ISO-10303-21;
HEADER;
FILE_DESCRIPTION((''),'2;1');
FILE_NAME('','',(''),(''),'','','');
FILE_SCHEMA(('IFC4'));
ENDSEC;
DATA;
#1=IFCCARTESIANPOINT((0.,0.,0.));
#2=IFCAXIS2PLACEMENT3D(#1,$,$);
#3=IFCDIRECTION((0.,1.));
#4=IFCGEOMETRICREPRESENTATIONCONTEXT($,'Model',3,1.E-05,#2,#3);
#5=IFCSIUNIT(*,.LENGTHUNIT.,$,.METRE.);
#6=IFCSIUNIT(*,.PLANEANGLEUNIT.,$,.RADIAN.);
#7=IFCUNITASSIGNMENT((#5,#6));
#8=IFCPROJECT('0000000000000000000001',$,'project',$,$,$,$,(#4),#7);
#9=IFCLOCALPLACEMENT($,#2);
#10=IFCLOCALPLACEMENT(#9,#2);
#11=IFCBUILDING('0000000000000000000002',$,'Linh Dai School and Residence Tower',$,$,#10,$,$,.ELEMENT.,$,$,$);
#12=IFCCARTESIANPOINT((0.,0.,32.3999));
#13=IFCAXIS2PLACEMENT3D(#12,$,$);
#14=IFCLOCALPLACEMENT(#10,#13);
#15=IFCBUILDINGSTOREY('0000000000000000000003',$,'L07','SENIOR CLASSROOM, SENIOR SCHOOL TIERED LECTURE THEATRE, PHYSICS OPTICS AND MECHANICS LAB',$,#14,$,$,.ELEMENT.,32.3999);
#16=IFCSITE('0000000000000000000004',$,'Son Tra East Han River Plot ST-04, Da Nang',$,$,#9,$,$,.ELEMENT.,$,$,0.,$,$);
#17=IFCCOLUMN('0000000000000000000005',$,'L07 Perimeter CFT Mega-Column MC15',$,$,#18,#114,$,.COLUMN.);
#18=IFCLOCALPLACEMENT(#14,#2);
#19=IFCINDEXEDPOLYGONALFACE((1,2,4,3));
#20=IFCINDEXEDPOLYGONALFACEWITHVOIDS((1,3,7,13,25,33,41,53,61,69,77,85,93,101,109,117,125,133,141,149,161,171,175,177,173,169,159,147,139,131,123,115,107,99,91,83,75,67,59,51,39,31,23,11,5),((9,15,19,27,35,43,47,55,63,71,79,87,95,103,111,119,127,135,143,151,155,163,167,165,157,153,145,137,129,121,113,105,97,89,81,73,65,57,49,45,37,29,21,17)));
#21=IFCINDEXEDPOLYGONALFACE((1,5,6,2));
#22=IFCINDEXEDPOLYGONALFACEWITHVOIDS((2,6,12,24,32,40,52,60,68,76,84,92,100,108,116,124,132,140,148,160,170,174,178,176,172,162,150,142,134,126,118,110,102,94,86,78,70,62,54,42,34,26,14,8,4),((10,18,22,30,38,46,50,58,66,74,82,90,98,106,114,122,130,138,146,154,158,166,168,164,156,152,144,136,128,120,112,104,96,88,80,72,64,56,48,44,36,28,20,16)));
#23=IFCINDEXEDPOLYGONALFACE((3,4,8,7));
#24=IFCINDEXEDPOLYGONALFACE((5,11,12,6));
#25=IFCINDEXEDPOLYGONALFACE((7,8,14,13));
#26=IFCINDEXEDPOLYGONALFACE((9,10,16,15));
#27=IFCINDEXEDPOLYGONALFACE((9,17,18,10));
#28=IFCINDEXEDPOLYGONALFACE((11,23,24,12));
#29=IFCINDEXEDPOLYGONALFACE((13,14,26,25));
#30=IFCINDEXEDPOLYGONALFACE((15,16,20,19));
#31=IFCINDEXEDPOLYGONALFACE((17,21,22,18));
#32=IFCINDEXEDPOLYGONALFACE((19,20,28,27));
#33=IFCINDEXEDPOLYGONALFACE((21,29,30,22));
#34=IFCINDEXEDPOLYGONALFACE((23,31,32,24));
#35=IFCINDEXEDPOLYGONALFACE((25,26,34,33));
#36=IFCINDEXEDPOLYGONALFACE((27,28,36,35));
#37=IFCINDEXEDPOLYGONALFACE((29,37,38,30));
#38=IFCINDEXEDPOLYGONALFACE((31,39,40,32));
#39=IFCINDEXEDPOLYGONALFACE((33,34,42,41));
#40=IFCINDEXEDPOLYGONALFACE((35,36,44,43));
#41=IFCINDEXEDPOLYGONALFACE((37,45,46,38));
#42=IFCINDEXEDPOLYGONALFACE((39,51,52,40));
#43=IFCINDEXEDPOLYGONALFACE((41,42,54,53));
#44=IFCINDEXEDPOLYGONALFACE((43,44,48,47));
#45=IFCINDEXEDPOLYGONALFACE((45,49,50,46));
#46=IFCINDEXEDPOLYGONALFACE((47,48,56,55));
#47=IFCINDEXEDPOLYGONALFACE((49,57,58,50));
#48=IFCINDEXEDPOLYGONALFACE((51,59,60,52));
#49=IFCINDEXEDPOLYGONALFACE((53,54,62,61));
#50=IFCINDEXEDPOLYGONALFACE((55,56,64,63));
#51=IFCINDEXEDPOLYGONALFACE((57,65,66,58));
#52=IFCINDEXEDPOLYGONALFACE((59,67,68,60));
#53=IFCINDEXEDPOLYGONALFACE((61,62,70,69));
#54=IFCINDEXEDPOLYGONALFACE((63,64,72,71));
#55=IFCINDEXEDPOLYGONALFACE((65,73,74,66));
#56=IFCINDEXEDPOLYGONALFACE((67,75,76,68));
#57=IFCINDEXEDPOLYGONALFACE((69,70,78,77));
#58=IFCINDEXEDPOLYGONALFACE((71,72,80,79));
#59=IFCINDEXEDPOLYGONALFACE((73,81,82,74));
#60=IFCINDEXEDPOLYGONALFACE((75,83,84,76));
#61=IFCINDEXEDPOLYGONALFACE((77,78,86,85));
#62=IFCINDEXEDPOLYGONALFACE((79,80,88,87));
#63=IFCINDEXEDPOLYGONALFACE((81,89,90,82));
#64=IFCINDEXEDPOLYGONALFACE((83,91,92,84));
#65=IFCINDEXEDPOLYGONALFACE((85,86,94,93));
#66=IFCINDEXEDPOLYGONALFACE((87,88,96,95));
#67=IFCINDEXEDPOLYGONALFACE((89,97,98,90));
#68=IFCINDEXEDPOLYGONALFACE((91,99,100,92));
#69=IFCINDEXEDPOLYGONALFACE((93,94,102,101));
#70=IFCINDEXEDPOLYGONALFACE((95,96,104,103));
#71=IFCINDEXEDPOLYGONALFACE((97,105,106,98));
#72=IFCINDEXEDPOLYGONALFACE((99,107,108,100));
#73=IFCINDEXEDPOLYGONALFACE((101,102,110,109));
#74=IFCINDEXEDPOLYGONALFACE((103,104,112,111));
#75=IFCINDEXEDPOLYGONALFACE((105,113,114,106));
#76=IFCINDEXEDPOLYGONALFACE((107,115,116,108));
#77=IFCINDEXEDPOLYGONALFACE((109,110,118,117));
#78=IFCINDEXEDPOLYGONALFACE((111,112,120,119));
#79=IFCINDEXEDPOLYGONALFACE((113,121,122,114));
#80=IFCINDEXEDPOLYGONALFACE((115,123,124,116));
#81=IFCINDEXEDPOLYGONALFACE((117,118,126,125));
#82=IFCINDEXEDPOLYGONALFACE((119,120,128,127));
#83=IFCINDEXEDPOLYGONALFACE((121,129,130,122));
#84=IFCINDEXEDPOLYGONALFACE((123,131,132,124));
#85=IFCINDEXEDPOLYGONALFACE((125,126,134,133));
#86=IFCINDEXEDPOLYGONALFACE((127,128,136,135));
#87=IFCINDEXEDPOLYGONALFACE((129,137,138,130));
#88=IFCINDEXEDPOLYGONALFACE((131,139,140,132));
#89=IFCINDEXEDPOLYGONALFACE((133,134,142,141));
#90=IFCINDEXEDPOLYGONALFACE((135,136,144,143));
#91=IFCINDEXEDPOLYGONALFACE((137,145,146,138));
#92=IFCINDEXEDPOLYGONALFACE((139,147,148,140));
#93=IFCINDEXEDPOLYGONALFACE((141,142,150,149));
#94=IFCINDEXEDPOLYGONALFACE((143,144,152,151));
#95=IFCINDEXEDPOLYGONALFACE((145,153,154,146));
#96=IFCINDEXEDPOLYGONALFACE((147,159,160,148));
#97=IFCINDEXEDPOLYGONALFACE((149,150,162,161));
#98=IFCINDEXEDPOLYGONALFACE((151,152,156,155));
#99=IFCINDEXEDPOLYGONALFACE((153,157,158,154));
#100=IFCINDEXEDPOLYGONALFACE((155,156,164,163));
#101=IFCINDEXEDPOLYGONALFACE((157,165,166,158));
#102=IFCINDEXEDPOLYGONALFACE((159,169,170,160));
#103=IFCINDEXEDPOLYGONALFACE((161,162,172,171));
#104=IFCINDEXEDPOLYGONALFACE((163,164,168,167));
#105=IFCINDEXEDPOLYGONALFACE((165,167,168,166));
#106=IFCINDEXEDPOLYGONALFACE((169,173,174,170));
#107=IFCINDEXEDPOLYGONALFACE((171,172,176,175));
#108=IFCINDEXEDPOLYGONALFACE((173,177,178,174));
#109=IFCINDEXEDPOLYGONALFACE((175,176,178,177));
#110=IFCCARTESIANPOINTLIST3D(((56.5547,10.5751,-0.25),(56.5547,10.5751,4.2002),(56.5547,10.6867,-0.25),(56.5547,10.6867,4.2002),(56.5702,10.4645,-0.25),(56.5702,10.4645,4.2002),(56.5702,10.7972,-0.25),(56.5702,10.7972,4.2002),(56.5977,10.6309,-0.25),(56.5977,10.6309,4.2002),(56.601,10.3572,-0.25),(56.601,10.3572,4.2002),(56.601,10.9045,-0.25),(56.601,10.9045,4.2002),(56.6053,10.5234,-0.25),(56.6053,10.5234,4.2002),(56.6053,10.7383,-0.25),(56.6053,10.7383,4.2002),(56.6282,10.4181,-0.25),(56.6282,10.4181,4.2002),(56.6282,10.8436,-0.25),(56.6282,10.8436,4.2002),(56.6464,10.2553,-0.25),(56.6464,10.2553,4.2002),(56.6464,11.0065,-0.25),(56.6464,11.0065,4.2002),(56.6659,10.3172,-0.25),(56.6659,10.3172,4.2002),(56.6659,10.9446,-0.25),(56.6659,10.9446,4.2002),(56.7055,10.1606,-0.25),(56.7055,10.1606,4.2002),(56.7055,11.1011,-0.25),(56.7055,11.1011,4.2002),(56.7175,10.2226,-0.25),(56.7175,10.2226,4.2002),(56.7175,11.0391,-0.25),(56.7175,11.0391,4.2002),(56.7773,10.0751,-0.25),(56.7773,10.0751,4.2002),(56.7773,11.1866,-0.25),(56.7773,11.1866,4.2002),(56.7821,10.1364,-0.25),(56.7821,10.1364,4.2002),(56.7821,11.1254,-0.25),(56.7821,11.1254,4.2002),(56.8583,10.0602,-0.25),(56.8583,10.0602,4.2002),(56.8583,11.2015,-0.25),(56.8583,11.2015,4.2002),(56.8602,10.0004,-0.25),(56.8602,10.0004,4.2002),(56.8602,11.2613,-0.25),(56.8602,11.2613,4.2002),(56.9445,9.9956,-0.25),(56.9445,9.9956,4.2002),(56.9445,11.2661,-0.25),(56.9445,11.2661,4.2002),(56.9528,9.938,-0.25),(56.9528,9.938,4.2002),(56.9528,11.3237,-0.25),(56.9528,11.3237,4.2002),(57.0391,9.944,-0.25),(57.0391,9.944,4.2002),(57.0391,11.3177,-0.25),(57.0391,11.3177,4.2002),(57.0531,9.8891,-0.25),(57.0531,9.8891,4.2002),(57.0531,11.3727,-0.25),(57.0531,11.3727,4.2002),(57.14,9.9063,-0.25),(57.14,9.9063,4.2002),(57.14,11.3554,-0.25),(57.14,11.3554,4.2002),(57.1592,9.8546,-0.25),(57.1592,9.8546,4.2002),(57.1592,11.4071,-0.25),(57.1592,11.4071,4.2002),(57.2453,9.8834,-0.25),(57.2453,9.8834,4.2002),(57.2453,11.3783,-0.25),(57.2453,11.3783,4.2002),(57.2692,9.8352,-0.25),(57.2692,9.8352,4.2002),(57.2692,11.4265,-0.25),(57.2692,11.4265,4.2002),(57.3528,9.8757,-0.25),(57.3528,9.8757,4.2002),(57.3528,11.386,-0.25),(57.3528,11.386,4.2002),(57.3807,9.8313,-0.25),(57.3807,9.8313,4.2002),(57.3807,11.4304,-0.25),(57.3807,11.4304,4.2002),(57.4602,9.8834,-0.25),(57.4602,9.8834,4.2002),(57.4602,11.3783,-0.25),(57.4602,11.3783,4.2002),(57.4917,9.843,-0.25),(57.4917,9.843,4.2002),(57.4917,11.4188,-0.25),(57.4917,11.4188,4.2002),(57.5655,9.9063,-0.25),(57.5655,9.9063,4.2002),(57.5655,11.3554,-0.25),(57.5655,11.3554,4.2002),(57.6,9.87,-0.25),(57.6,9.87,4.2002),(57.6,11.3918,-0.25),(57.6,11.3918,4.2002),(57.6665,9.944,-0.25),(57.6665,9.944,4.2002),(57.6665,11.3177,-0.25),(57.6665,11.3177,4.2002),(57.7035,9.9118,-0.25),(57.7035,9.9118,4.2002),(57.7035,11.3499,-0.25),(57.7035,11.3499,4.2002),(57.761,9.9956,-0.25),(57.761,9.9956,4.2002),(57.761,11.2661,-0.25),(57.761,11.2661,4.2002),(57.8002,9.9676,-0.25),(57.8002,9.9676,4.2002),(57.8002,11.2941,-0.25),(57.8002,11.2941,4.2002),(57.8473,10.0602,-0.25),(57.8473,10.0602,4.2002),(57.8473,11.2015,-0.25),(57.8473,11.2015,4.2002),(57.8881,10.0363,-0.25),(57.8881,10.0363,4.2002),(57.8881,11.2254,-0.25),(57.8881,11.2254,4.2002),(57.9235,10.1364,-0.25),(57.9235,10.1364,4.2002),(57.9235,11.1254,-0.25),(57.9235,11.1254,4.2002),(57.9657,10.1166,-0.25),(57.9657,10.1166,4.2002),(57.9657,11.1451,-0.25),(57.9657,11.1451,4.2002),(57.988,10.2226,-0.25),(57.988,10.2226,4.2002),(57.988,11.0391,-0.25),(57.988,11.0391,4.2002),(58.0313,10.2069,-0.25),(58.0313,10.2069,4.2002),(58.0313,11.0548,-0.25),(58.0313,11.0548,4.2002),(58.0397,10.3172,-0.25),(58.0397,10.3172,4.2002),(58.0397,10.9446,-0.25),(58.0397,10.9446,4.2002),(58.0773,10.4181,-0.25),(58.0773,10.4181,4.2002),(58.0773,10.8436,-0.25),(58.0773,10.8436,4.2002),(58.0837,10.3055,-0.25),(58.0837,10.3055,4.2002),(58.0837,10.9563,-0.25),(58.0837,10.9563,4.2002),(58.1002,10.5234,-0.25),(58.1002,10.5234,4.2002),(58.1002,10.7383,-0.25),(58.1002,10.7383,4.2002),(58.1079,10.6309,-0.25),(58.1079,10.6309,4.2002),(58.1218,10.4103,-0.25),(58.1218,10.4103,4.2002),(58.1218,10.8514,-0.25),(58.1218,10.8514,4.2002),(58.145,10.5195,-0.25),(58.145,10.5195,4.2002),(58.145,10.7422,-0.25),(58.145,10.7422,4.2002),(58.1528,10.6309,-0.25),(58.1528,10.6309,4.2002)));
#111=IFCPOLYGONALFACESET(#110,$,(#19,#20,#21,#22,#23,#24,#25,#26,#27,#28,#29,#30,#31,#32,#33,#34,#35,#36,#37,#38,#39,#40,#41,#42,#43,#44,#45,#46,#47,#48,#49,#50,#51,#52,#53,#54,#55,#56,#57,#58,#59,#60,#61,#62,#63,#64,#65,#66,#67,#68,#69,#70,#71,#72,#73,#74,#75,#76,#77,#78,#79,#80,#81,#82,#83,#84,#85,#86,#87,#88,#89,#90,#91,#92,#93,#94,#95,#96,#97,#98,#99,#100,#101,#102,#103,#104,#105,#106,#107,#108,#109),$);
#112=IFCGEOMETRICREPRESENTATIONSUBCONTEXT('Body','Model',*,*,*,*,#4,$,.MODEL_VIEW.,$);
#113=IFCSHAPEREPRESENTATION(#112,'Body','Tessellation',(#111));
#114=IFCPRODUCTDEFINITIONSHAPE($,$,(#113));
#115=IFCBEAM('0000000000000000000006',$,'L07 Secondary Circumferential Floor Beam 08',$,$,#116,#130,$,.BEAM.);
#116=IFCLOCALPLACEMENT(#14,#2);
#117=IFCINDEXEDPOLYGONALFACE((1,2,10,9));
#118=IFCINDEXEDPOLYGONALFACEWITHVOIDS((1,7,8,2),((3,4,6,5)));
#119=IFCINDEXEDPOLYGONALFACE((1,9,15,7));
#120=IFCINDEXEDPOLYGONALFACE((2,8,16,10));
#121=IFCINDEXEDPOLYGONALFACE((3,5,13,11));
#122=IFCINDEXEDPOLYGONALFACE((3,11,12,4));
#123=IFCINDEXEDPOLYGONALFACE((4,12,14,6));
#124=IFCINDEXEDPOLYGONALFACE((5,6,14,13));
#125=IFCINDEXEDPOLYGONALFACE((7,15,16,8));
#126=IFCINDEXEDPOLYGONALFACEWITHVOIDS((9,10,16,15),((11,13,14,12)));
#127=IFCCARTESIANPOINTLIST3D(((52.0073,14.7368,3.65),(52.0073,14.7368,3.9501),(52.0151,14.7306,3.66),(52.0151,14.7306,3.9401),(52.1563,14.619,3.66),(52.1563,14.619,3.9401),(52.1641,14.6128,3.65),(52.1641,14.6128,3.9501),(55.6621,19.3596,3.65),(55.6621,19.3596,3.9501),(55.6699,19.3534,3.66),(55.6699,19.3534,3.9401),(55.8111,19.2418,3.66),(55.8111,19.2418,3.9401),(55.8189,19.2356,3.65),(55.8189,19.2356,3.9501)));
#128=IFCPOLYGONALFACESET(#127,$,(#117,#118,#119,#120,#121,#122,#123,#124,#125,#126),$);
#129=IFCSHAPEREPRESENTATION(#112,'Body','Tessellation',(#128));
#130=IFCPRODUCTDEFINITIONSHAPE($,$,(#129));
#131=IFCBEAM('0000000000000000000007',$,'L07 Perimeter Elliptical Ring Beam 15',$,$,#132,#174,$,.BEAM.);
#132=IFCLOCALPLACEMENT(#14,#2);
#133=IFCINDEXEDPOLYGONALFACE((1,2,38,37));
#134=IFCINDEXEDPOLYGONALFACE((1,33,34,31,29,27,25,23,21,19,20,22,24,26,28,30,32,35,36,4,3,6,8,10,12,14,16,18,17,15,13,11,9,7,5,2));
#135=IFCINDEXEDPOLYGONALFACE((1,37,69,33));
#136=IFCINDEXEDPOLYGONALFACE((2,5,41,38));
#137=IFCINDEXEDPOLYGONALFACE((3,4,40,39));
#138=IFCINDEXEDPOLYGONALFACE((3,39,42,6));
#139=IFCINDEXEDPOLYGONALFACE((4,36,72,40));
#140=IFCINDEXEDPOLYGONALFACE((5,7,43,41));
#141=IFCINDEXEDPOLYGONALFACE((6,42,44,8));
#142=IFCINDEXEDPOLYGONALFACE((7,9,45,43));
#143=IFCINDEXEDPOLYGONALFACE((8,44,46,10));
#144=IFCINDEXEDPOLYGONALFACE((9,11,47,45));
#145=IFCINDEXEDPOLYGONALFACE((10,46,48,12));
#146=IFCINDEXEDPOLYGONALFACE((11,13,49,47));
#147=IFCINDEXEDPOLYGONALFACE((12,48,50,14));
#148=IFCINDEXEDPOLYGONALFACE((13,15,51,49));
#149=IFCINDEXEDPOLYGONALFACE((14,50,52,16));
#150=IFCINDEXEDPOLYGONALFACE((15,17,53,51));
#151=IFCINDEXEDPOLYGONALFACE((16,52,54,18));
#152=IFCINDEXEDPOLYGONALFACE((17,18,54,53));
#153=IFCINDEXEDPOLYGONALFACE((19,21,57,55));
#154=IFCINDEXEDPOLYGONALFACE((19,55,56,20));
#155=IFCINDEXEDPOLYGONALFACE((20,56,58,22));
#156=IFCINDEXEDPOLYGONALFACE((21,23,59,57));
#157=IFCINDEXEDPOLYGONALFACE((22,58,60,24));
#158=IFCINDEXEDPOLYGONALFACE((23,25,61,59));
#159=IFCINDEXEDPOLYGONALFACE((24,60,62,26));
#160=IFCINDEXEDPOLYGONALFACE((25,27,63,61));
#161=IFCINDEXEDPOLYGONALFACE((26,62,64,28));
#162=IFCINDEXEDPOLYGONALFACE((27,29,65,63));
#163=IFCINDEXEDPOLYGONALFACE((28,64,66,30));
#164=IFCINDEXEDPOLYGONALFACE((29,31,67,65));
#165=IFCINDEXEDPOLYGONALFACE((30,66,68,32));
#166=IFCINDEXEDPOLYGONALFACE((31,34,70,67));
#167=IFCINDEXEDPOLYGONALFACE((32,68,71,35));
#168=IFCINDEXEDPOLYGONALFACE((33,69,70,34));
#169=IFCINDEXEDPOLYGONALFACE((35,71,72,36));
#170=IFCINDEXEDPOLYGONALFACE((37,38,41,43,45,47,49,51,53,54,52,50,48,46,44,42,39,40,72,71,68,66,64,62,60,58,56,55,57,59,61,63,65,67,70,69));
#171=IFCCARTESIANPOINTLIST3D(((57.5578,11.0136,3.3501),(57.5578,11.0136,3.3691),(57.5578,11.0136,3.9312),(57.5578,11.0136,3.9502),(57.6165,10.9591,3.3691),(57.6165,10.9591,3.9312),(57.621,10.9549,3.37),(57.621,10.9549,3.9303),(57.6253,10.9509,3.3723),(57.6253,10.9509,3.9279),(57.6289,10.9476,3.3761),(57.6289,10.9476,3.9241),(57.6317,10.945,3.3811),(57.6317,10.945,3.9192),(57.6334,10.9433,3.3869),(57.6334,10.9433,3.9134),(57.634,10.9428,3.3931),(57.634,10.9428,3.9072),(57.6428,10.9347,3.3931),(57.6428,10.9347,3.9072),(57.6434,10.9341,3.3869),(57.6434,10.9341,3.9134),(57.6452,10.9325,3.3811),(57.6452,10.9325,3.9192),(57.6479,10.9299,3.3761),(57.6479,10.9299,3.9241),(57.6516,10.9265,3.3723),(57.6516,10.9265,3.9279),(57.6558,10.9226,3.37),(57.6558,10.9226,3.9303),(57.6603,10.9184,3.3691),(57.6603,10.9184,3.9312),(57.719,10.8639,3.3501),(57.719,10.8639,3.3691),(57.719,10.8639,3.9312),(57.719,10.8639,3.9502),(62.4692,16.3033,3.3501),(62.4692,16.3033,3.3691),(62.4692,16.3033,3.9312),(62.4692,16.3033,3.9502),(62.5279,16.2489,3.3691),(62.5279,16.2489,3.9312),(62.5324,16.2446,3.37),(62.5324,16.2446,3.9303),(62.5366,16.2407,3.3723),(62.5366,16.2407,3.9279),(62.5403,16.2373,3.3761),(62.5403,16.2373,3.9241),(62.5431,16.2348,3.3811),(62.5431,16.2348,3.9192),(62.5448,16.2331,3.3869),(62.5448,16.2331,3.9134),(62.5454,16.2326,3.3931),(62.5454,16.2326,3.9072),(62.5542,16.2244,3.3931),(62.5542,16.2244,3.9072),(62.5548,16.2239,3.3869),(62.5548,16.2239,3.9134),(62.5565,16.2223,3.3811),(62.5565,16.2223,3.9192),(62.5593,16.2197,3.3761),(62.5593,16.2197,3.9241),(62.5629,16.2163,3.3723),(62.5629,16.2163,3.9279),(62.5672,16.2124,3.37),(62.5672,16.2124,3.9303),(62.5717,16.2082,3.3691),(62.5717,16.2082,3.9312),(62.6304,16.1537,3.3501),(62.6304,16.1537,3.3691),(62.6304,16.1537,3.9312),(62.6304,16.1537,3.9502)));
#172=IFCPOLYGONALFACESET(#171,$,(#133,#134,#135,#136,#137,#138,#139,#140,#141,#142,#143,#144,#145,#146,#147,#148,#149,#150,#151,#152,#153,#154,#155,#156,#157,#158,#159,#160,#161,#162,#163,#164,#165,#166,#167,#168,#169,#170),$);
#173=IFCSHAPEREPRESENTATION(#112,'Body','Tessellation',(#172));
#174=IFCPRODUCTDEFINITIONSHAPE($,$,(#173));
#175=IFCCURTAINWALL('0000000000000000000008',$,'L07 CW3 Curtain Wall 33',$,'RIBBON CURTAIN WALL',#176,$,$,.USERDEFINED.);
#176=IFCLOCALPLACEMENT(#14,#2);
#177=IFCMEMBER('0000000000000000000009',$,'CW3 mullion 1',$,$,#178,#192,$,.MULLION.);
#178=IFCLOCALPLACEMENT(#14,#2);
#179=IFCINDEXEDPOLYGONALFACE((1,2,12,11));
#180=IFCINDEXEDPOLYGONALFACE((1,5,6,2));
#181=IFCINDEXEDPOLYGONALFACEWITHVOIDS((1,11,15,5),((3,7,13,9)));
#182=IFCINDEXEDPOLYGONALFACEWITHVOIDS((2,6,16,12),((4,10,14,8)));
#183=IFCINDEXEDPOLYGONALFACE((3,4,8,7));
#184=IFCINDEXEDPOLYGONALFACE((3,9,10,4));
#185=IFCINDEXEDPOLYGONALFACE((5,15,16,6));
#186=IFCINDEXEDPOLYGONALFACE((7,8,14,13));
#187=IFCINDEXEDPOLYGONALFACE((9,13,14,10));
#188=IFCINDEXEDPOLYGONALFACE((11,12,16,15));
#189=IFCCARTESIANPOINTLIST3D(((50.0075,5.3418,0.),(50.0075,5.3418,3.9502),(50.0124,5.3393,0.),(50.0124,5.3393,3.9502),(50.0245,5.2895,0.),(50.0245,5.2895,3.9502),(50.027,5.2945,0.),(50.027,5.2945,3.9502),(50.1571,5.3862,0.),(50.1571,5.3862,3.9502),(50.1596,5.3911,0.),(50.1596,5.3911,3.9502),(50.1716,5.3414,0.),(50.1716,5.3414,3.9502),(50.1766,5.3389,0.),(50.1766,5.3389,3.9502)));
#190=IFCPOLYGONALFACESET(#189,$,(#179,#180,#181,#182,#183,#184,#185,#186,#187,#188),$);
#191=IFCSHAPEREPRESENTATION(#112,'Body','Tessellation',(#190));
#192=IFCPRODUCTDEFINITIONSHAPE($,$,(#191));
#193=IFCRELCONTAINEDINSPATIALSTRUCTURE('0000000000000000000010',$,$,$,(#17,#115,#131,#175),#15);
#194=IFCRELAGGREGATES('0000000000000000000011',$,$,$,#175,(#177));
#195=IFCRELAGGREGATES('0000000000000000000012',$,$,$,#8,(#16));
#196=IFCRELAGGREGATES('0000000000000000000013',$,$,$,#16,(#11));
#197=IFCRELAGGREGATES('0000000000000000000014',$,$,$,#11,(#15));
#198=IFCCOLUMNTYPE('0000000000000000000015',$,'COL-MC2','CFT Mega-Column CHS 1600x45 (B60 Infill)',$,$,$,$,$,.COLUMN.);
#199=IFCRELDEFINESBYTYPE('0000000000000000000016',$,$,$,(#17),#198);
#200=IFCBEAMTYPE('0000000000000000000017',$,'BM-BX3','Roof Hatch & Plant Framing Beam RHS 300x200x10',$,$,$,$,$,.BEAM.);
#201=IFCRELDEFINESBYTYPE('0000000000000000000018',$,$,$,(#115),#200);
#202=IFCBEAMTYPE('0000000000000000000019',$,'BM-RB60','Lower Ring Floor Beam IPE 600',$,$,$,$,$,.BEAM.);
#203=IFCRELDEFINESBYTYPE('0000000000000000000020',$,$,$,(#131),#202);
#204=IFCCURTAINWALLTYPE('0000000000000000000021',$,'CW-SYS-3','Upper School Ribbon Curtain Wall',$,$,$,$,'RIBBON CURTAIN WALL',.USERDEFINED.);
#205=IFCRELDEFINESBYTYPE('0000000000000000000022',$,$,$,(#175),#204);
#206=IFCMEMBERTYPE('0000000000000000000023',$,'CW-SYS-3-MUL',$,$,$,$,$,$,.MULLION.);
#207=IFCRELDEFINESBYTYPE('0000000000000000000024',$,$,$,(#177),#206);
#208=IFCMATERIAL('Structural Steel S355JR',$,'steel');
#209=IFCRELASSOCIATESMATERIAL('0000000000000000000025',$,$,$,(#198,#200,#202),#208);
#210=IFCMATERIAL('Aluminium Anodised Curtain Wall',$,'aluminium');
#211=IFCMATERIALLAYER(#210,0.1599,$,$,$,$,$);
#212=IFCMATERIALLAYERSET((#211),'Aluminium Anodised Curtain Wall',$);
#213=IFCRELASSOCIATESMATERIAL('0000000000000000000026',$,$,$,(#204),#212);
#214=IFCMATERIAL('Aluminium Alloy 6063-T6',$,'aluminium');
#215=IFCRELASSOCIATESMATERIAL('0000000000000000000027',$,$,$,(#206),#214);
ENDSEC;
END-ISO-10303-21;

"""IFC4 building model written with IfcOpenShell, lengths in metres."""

from ifc_helpers import new_model, si_unit, direction, frame, origin, origin_2d, place, context, subcontext, project, spatial, hollow_rectangle, hollow_circle, i_section, extrude, source, transform, mapped, material, layer, layer_set, material_profile, profile_set, type_object, element, aggregate, save


model = new_model("IFC4")

# Units and contexts
model_context = context("Model", 3, precision=1e-05, world=origin(), true_north=direction((0.0, 1.0)))
body_context = subcontext(model_context, "Body", "Model", "MODEL_VIEW")
ifc_project = project(units=[si_unit("LENGTHUNIT", "METRE"), si_unit("PLANEANGLEUNIT", "RADIAN")], contexts=[model_context])

# Site, building, storey
site_placement = place(None, origin())
site = spatial("IfcSite", under=ifc_project, at=site_placement, Name="Son Tra East Han River Plot ST-04, Da Nang", CompositionType="ELEMENT", RefElevation=0.0)
building_placement = place(site_placement, origin())
building = spatial("IfcBuilding", under=site, at=building_placement, Name="Linh Dai School and Residence Tower", CompositionType="ELEMENT")
storey_placement = place(building_placement, frame((0.0, 0.0, 32.3999)))
storey = spatial("IfcBuildingStorey", under=building, at=storey_placement, Name="L07", Description="SENIOR CLASSROOM, SENIOR SCHOOL TIERED LECTURE THEATRE, PHYSICS OPTICS AND MECHANICS LAB", CompositionType="ELEMENT", Elevation=32.3999)

# Column
ifc_material_1 = material(Name="Structural Steel S355JR", Category="steel")
ifc_material_profile_1 = material_profile(ifc_material_1, hollow_circle(Radius=0.8, WallThickness=0.0449, at=origin_2d()), Name="CHS 1600x45")
ifc_profile_set_1 = profile_set([ifc_material_profile_1], Name="Structural Steel S355JR")
column_type = type_object("IfcColumnType", Name="COL-MC2", Description="CFT Mega-Column CHS 1600x45 (B60 Infill)", PredefinedType="COLUMN", material=ifc_profile_set_1)
column_placement = place(storey_placement, frame((57.3528, 10.6309, -0.25), z_axis=(0.0, 0.0, 1.0), x_axis=(1.0, 0.0, 0.0)))
element("IfcColumn", 1, at=column_placement, inside=storey, type_object=column_type, Name="L07 Perimeter CFT Mega-Column MC15", PredefinedType="COLUMN", context=body_context, shape_type="SweptSolid", body=[
    extrude(hollow_circle(Radius=0.8, WallThickness=0.0449, at=origin_2d()), origin(), (0.0, 0.0, 1.0), 4.4502),
])

# Beams
ifc_material_profile_2 = material_profile(ifc_material_1, hollow_rectangle(XDim=0.2, YDim=0.3, WallThickness=0.01, at=origin_2d()), Name="RHS 300x200x10")
ifc_profile_set_2 = profile_set([ifc_material_profile_2], Name="Structural Steel S355JR")
beam_type_1 = type_object("IfcBeamType", Name="BM-BX3", Description="Roof Hatch & Plant Framing Beam RHS 300x200x10", PredefinedType="BEAM", material=ifc_profile_set_2)
beam_1_placement = place(storey_placement, frame((52.0857, 14.6748, 3.8), z_axis=(0.620188, 0.784453, 0.0), x_axis=(-0.784453, 0.620188, 0.0)))
element("IfcBeam", 2, at=beam_1_placement, inside=storey, type_object=beam_type_1, Name="L07 Secondary Circumferential Floor Beam 08", PredefinedType="BEAM", context=body_context, shape_type="SweptSolid", body=[
    extrude(hollow_rectangle(XDim=0.2, YDim=0.3, WallThickness=0.01, at=origin_2d()), origin(), (0.0, 0.0, 1.0), 5.8931),
])
ifc_material_profile_3 = material_profile(ifc_material_1, i_section(OverallWidth=0.22, OverallDepth=0.6001, WebThickness=0.012, FlangeThickness=0.019, FilletRadius=0.0239, at=origin_2d()), Name="IPE 600")
ifc_profile_set_3 = profile_set([ifc_material_profile_3], Name="Structural Steel S355JR")
beam_type_2 = type_object("IfcBeamType", Name="BM-RB60", Description="Lower Ring Floor Beam IPE 600", PredefinedType="BEAM", material=ifc_profile_set_3)
beam_2_placement = place(storey_placement, frame((57.6384, 10.9387, 3.6501), z_axis=(0.680408, 0.732833, 0.0), x_axis=(-0.732833, 0.680408, 0.0)))
element("IfcBeam", 3, at=beam_2_placement, inside=storey, type_object=beam_type_2, Name="L07 Perimeter Elliptical Ring Beam 15", PredefinedType="BEAM", context=body_context, shape_type="SweptSolid", body=[
    extrude(i_section(OverallWidth=0.22, OverallDepth=0.6001, WebThickness=0.012, FlangeThickness=0.019, FilletRadius=0.0239, at=origin_2d()), origin(), (0.0, 0.0, 1.0), 7.2183),
])

# Curtain wall, member
ifc_material_2 = material(Name="Aluminium Anodised Curtain Wall", Category="aluminium")
ifc_layer_1 = layer(ifc_material_2, 0.1599)
ifc_layer_set_1 = layer_set([ifc_layer_1], Name="Aluminium Anodised Curtain Wall")
curtain_wall_type = type_object("IfcCurtainWallType", Name="CW-SYS-3", Description="Upper School Ribbon Curtain Wall", ElementType="RIBBON CURTAIN WALL", PredefinedType="USERDEFINED", material=ifc_layer_set_1)
curtain_wall_placement = place(storey_placement, origin())
curtain_wall = element("IfcCurtainWall", 4, at=curtain_wall_placement, inside=storey, type_object=curtain_wall_type, Name="L07 CW3 Curtain Wall 33", ObjectType="RIBBON CURTAIN WALL", PredefinedType="USERDEFINED")
ifc_material_3 = material(Name="Aluminium Alloy 6063-T6", Category="aluminium")
ifc_material_profile_4 = material_profile(ifc_material_3, hollow_rectangle(XDim=0.0549, YDim=0.1599, WallThickness=0.0039, at=origin_2d()), Name="RHS 160x55x4")
ifc_profile_set_4 = profile_set([ifc_material_profile_4], Name="Aluminium Alloy 6063-T6")
member_type_1 = type_object("IfcMemberType", Name="CW-SYS-3-MUL", PredefinedType="MULLION", material=ifc_profile_set_4)
shared_shape_1 = source(origin(), body_context, "Body", "SweptSolid", [
    extrude(hollow_rectangle(XDim=0.0549, YDim=0.1599, WallThickness=0.0039, at=origin_2d()), origin(), (0.0, 0.0, 1.0), 3.9502),
])
member_1_placement = place(storey_placement, frame((50.092, 5.3403, 0.0), z_axis=(0.0, 0.0, 1.0), x_axis=(0.308511, -0.951221, 0.0)))
member_1 = element("IfcMember", 5, at=member_1_placement, type_object=member_type_1, Name="CW3 mullion 1", PredefinedType="MULLION", context=body_context, shape_type="MappedRepresentation", body=[
    mapped(shared_shape_1, transform((0.0, 0.0, 0.0), x_axis=(1.0, 0.0, 0.0), y_axis=(0.0, 1.0, 0.0), z_axis=(0.0, 0.0, 1.0), scale=1.0)),
])

aggregate(curtain_wall, [member_1])

save(model, "model.ifc")
